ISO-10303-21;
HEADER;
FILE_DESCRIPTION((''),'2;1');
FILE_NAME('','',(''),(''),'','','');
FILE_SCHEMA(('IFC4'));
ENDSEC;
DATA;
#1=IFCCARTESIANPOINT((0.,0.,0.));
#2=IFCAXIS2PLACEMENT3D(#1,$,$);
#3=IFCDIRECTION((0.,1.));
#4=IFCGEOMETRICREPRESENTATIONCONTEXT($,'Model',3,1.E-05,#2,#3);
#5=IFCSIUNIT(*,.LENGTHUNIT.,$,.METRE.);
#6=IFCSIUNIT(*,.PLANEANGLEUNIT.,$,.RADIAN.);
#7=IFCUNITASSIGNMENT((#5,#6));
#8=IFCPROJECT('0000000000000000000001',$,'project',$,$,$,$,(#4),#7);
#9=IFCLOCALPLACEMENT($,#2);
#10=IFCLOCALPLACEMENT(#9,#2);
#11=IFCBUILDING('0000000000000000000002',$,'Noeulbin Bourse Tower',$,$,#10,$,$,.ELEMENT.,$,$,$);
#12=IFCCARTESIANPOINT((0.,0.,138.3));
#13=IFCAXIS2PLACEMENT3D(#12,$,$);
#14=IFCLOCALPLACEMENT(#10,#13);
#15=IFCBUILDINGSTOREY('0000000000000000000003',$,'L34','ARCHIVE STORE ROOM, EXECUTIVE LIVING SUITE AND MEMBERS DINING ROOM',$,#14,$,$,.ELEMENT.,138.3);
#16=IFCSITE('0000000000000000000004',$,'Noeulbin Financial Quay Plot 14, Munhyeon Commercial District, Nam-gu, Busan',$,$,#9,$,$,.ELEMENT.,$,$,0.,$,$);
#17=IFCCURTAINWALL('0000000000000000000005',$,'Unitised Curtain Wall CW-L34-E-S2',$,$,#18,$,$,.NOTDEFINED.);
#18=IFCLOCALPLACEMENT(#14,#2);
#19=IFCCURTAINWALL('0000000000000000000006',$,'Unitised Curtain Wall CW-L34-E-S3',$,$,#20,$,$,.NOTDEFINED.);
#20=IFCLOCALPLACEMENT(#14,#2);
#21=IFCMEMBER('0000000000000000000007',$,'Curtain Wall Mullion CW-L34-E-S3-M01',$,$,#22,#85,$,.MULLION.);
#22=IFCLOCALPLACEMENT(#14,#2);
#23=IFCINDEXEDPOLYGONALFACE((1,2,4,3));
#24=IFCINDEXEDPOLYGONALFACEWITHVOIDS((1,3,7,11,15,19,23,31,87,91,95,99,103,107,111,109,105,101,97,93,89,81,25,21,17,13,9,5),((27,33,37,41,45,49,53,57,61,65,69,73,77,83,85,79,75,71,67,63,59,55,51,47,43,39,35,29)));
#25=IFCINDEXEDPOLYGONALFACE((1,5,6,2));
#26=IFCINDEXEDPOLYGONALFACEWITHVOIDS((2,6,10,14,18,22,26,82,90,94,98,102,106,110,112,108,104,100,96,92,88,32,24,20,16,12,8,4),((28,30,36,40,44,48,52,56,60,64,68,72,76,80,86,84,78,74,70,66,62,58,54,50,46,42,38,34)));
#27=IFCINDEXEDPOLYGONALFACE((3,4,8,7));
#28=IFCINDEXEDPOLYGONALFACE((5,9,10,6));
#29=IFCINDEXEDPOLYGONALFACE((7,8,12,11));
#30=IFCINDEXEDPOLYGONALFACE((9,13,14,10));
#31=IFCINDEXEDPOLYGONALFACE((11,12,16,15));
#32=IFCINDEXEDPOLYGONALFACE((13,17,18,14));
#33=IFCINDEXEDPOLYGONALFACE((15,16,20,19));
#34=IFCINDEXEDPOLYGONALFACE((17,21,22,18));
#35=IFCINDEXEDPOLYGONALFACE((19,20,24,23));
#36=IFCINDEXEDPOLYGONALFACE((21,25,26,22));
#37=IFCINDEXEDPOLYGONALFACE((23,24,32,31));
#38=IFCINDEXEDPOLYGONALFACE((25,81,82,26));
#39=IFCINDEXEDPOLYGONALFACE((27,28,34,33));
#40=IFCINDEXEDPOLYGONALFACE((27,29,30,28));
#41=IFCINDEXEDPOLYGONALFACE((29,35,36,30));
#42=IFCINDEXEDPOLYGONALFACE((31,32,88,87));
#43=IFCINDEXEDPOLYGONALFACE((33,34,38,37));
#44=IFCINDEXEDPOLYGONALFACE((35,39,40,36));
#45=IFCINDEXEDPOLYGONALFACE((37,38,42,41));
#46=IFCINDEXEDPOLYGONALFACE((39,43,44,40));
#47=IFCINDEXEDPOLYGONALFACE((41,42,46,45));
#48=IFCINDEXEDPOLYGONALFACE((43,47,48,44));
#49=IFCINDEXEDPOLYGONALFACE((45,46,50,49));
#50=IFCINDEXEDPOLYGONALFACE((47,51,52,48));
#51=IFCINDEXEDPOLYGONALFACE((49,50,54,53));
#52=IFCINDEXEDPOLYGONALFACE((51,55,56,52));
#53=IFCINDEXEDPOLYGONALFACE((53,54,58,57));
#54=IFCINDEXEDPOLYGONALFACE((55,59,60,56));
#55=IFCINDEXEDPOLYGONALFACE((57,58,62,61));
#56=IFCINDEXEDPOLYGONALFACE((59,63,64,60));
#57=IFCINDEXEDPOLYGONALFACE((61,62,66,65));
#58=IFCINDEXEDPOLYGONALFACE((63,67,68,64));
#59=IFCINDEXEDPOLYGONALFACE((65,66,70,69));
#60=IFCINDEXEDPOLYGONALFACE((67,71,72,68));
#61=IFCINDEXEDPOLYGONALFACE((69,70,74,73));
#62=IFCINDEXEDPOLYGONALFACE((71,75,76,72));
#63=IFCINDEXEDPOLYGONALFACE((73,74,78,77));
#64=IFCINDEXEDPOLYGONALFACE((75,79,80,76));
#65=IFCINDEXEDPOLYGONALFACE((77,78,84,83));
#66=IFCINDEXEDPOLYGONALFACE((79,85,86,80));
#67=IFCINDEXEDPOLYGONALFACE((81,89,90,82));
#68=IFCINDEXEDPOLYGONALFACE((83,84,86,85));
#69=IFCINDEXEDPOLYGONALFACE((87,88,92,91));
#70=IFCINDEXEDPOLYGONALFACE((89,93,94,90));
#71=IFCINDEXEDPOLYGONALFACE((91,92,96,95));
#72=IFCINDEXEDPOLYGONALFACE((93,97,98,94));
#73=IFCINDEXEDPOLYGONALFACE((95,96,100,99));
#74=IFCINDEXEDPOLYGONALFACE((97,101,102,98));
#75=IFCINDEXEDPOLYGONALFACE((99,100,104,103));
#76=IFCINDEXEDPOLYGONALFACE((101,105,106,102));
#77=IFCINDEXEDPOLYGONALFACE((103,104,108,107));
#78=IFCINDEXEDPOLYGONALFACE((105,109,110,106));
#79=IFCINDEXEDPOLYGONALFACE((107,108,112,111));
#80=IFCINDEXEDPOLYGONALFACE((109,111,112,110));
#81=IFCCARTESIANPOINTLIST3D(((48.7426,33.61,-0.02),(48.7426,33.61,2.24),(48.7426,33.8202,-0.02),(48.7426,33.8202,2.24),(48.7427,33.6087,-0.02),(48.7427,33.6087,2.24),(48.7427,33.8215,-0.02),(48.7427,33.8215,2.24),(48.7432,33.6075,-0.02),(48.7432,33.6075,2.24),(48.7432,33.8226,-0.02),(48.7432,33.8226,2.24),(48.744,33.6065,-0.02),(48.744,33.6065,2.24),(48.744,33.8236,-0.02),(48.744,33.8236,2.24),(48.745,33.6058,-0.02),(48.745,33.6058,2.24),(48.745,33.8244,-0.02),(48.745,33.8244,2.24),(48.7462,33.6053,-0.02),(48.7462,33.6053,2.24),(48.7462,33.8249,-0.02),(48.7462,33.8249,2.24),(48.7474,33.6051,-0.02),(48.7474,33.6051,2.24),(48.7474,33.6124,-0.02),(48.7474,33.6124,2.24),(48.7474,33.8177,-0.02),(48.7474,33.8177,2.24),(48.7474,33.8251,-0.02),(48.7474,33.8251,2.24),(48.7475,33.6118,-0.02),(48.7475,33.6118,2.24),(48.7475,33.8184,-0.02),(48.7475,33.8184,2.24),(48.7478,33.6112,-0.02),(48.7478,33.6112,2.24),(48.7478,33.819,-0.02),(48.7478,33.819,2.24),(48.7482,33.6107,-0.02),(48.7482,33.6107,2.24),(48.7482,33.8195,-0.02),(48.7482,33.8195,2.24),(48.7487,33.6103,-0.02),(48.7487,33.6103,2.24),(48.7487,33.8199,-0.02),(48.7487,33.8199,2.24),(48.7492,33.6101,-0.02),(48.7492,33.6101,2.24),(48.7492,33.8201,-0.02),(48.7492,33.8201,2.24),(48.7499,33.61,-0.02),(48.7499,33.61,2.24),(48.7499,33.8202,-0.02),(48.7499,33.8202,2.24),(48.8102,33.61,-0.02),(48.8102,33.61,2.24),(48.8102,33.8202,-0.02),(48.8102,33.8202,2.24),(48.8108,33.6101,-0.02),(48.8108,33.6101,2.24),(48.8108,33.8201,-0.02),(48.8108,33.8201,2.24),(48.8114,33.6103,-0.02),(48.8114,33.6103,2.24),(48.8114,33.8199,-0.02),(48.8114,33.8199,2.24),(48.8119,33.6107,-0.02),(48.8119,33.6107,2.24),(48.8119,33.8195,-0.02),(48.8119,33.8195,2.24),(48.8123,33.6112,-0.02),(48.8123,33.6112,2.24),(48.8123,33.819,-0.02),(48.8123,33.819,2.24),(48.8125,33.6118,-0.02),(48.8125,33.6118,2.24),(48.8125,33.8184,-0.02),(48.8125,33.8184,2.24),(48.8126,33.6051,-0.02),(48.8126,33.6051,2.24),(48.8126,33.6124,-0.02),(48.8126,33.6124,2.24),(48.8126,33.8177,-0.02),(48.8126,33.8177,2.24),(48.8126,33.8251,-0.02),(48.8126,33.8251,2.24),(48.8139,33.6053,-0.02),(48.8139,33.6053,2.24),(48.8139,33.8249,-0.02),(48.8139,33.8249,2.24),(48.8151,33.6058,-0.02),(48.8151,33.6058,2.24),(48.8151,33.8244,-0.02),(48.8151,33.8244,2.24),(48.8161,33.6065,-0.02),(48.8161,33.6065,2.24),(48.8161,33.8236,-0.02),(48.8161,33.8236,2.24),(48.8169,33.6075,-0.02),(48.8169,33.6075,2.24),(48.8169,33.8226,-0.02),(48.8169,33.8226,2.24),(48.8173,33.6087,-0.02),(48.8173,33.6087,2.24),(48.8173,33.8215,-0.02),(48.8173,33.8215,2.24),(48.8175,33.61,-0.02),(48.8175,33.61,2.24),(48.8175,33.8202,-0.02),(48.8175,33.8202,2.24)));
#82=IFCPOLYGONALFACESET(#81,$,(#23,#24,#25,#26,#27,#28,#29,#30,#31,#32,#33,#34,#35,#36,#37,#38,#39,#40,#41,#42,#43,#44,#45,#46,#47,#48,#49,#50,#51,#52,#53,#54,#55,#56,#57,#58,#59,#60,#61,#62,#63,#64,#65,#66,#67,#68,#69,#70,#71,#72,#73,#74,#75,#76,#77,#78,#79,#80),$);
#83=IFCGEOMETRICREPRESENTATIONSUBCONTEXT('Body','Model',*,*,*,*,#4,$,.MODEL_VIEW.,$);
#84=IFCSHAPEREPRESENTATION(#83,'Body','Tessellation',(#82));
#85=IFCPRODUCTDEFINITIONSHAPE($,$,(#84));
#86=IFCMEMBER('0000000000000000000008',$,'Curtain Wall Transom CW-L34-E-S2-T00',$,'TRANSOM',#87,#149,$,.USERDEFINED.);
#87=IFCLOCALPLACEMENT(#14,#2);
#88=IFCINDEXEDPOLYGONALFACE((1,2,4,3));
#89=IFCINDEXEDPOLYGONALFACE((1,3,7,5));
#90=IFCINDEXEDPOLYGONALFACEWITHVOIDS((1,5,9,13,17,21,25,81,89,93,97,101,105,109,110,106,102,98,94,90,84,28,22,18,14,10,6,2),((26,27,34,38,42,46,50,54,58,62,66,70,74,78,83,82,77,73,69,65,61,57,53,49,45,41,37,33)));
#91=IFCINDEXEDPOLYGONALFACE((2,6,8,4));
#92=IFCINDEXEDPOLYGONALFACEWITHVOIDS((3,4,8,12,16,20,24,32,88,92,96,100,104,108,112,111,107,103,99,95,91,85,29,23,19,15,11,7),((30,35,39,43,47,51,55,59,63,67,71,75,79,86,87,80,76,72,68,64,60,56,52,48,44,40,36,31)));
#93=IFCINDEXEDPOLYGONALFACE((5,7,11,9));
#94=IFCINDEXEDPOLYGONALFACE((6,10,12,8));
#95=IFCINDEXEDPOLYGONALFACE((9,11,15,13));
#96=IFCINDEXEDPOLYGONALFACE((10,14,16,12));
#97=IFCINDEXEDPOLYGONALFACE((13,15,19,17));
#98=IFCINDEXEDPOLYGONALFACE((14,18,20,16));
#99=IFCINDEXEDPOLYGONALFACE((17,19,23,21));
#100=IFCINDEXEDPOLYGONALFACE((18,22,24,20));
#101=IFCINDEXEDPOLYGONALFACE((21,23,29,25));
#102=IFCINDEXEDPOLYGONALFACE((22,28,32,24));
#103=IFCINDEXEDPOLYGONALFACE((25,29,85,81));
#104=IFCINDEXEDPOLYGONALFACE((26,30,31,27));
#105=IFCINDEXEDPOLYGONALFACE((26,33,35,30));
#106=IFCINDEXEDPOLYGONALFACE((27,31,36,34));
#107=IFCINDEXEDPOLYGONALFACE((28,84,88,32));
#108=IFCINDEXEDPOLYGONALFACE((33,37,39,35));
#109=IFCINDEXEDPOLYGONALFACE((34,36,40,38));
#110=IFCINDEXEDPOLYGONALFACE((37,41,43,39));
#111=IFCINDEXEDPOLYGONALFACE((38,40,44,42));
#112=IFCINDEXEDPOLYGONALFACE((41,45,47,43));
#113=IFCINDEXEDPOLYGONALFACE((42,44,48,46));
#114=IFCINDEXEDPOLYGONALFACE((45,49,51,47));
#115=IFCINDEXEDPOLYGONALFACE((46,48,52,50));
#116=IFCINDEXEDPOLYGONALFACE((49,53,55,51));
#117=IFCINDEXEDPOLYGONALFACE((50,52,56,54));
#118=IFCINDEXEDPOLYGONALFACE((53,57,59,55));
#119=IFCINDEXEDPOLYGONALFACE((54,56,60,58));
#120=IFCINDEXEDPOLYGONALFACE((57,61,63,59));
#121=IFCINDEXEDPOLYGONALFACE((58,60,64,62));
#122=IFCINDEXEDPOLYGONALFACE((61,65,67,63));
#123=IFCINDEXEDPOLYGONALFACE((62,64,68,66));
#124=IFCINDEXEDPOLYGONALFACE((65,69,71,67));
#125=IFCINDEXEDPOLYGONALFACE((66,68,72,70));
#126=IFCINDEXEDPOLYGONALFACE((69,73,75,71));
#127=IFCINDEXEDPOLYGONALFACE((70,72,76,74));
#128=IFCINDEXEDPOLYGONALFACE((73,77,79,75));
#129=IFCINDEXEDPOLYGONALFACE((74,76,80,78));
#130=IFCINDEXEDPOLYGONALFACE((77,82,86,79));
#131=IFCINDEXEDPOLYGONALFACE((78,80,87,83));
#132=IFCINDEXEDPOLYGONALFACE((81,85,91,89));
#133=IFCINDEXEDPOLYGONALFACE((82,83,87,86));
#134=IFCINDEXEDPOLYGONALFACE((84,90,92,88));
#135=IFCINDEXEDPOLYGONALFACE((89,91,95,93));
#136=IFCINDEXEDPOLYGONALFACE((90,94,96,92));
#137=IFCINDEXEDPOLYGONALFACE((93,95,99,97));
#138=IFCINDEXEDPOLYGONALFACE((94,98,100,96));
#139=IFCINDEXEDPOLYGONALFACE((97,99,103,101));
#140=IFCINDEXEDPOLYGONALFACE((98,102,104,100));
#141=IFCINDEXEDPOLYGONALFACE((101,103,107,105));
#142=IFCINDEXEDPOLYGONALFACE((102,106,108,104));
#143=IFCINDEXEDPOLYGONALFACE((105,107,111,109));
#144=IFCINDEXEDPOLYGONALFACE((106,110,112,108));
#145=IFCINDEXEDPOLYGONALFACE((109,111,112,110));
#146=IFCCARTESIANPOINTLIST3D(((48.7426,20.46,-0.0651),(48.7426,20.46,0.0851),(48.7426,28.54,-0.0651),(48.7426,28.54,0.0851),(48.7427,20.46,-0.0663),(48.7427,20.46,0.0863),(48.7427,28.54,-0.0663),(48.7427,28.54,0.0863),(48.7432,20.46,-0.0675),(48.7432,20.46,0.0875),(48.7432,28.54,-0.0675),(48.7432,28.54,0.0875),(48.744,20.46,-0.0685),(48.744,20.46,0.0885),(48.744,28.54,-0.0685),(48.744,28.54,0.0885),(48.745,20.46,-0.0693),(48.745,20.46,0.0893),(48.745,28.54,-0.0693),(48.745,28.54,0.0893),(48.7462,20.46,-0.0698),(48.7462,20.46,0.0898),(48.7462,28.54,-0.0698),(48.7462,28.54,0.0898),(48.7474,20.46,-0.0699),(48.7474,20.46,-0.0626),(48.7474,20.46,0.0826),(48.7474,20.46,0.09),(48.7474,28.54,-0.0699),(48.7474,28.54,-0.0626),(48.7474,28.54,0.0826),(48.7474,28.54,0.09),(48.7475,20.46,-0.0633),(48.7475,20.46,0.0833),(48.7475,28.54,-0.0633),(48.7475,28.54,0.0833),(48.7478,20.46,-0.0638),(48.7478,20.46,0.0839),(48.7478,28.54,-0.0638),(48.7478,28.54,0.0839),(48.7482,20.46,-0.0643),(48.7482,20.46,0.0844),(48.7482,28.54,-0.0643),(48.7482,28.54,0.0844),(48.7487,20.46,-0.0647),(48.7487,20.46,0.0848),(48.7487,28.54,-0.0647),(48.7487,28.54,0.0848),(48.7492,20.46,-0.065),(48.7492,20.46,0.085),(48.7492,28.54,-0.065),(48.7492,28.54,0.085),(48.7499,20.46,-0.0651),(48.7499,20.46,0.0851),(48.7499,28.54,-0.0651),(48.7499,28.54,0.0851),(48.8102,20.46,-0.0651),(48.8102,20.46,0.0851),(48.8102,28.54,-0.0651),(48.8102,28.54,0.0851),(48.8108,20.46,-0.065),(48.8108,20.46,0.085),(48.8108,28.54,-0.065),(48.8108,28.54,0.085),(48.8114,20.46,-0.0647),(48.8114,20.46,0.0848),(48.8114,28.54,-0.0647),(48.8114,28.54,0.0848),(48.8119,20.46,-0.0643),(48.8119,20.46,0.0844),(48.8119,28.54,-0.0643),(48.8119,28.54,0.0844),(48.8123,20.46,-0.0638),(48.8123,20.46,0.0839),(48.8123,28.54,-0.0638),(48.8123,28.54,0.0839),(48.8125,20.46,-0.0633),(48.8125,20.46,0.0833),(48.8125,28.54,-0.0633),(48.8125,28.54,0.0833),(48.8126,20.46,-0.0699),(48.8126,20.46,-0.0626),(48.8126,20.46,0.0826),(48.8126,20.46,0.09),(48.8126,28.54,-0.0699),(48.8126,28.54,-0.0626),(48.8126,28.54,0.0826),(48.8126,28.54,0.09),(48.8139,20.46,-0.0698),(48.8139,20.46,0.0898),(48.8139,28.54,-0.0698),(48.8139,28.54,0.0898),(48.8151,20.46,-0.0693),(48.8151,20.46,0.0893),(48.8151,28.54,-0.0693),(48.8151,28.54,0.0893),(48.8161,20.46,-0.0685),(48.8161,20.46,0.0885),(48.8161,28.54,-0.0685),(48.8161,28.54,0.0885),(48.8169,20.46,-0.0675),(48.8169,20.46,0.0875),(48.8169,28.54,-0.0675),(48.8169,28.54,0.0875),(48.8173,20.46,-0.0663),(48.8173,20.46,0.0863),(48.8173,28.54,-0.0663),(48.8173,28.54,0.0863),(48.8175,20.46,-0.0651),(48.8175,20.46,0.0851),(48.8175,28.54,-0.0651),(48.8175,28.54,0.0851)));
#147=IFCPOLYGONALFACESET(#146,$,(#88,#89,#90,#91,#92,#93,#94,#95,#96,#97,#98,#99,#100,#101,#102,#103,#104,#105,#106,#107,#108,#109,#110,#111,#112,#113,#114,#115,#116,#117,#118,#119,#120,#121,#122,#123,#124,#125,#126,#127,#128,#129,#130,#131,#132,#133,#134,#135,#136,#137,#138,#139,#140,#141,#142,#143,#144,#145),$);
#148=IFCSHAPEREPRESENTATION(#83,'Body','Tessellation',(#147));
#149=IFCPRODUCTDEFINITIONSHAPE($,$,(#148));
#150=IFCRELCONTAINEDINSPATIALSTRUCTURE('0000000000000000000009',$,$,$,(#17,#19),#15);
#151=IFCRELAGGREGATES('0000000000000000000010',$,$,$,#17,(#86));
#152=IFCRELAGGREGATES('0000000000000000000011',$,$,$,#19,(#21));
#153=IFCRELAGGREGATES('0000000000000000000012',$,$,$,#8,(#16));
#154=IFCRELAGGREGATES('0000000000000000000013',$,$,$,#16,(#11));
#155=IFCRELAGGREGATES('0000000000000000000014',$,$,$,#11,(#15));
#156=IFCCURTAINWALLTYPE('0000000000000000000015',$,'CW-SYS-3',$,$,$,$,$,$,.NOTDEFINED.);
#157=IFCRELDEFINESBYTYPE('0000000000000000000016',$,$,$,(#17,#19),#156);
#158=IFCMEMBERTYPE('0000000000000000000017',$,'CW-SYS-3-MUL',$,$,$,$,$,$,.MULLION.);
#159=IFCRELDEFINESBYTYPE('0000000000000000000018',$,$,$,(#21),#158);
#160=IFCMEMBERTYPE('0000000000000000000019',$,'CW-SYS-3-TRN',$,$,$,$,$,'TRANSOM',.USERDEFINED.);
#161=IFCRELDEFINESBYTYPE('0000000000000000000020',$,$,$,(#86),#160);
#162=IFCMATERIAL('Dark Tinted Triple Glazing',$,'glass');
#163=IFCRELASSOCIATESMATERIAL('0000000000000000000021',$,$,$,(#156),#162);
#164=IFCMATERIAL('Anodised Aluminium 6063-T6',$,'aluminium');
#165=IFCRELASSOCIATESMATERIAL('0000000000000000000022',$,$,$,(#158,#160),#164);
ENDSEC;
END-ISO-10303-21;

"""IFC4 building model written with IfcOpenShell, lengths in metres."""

from ifc_helpers import new_model, si_unit, direction, frame, origin, origin_2d, place, context, subcontext, project, spatial, hollow_rectangle, extrude, material, material_profile, profile_set, type_object, element, aggregate, save


model = new_model("IFC4")

# Units and contexts
model_context = context("Model", 3, precision=1e-05, world=origin(), true_north=direction((0.0, 1.0)))
body_context = subcontext(model_context, "Body", "Model", "MODEL_VIEW")
ifc_project = project(units=[si_unit("LENGTHUNIT", "METRE"), si_unit("PLANEANGLEUNIT", "RADIAN")], contexts=[model_context])

# Site, building, storey
site_placement = place(None, origin())
site = spatial("IfcSite", under=ifc_project, at=site_placement, Name="Noeulbin Financial Quay Plot 14, Munhyeon Commercial District, Nam-gu, Busan", CompositionType="ELEMENT", RefElevation=0.0)
building_placement = place(site_placement, origin())
building = spatial("IfcBuilding", under=site, at=building_placement, Name="Noeulbin Bourse Tower", CompositionType="ELEMENT")
storey_placement = place(building_placement, frame((0.0, 0.0, 138.3)))
storey = spatial("IfcBuildingStorey", under=building, at=storey_placement, Name="L34", Description="ARCHIVE STORE ROOM, EXECUTIVE LIVING SUITE AND MEMBERS DINING ROOM", CompositionType="ELEMENT", Elevation=138.3)

# Curtain walls, member
ifc_material_1 = material(Name="Dark Tinted Triple Glazing", Category="glass")
curtain_wall_type = type_object("IfcCurtainWallType", Name="CW-SYS-3", PredefinedType="NOTDEFINED", material=ifc_material_1)
curtain_wall_1_placement = place(storey_placement, origin())
curtain_wall_1 = element("IfcCurtainWall", 1, at=curtain_wall_1_placement, inside=storey, type_object=curtain_wall_type, Name="Unitised Curtain Wall CW-L34-E-S2", PredefinedType="NOTDEFINED")
ifc_material_2 = material(Name="Anodised Aluminium 6063-T6", Category="aluminium")
ifc_material_profile_1 = material_profile(ifc_material_2, hollow_rectangle(XDim=0.075, YDim=0.22, WallThickness=0.0049, InnerFilletRadius=0.0024, OuterFilletRadius=0.0049, at=origin_2d()), Name="ALU-MULL-75x220x5", Category="LoadBearing")
ifc_profile_set_1 = profile_set([ifc_material_profile_1], Name="Anodised Aluminium 6063-T6")
member_type_1 = type_object("IfcMemberType", Name="CW-SYS-3-MUL", PredefinedType="MULLION", material=ifc_profile_set_1)
curtain_wall_2_placement = place(storey_placement, origin())
curtain_wall_2 = element("IfcCurtainWall", 2, at=curtain_wall_2_placement, inside=storey, type_object=curtain_wall_type, Name="Unitised Curtain Wall CW-L34-E-S3", PredefinedType="NOTDEFINED")
member_1_placement = place(storey_placement, frame((48.78, 33.7151, -0.02), z_axis=(0.0, 0.0, 1.0), x_axis=(1.0, 0.0, 0.0)))
member_1 = element("IfcMember", 3, at=member_1_placement, type_object=member_type_1, Name="Curtain Wall Mullion CW-L34-E-S3-M01", PredefinedType="MULLION", context=body_context, shape_type="SweptSolid", body=[
    extrude(hollow_rectangle(XDim=0.075, YDim=0.22, WallThickness=0.0049, InnerFilletRadius=0.0024, OuterFilletRadius=0.0049, at=origin_2d()), origin(), (0.0, 0.0, 1.0), 2.26),
])

# Member
ifc_material_profile_2 = material_profile(ifc_material_2, hollow_rectangle(XDim=0.075, YDim=0.1599, WallThickness=0.0049, InnerFilletRadius=0.0024, OuterFilletRadius=0.0049, at=origin_2d()), Name="ALU-TRAN-75x160x5", Category="LoadBearing")
ifc_profile_set_2 = profile_set([ifc_material_profile_2], Name="Anodised Aluminium 6063-T6")
member_type_2 = type_object("IfcMemberType", Name="CW-SYS-3-TRN", ElementType="TRANSOM", PredefinedType="USERDEFINED", material=ifc_profile_set_2)
member_2_placement = place(storey_placement, frame((48.78, 20.46, 0.01), z_axis=(0.0, 1.0, 0.0), x_axis=(-1.0, 0.0, 0.0)))
member_2 = element("IfcMember", 4, at=member_2_placement, type_object=member_type_2, Name="Curtain Wall Transom CW-L34-E-S2-T00", ObjectType="TRANSOM", PredefinedType="USERDEFINED", context=body_context, shape_type="SweptSolid", body=[
    extrude(hollow_rectangle(XDim=0.075, YDim=0.1599, WallThickness=0.0049, InnerFilletRadius=0.0024, OuterFilletRadius=0.0049, at=origin_2d()), origin(), (0.0, 0.0, 1.0), 8.0801),
])

aggregate(curtain_wall_1, [member_2])
aggregate(curtain_wall_2, [member_1])

save(model, "model.ifc")
